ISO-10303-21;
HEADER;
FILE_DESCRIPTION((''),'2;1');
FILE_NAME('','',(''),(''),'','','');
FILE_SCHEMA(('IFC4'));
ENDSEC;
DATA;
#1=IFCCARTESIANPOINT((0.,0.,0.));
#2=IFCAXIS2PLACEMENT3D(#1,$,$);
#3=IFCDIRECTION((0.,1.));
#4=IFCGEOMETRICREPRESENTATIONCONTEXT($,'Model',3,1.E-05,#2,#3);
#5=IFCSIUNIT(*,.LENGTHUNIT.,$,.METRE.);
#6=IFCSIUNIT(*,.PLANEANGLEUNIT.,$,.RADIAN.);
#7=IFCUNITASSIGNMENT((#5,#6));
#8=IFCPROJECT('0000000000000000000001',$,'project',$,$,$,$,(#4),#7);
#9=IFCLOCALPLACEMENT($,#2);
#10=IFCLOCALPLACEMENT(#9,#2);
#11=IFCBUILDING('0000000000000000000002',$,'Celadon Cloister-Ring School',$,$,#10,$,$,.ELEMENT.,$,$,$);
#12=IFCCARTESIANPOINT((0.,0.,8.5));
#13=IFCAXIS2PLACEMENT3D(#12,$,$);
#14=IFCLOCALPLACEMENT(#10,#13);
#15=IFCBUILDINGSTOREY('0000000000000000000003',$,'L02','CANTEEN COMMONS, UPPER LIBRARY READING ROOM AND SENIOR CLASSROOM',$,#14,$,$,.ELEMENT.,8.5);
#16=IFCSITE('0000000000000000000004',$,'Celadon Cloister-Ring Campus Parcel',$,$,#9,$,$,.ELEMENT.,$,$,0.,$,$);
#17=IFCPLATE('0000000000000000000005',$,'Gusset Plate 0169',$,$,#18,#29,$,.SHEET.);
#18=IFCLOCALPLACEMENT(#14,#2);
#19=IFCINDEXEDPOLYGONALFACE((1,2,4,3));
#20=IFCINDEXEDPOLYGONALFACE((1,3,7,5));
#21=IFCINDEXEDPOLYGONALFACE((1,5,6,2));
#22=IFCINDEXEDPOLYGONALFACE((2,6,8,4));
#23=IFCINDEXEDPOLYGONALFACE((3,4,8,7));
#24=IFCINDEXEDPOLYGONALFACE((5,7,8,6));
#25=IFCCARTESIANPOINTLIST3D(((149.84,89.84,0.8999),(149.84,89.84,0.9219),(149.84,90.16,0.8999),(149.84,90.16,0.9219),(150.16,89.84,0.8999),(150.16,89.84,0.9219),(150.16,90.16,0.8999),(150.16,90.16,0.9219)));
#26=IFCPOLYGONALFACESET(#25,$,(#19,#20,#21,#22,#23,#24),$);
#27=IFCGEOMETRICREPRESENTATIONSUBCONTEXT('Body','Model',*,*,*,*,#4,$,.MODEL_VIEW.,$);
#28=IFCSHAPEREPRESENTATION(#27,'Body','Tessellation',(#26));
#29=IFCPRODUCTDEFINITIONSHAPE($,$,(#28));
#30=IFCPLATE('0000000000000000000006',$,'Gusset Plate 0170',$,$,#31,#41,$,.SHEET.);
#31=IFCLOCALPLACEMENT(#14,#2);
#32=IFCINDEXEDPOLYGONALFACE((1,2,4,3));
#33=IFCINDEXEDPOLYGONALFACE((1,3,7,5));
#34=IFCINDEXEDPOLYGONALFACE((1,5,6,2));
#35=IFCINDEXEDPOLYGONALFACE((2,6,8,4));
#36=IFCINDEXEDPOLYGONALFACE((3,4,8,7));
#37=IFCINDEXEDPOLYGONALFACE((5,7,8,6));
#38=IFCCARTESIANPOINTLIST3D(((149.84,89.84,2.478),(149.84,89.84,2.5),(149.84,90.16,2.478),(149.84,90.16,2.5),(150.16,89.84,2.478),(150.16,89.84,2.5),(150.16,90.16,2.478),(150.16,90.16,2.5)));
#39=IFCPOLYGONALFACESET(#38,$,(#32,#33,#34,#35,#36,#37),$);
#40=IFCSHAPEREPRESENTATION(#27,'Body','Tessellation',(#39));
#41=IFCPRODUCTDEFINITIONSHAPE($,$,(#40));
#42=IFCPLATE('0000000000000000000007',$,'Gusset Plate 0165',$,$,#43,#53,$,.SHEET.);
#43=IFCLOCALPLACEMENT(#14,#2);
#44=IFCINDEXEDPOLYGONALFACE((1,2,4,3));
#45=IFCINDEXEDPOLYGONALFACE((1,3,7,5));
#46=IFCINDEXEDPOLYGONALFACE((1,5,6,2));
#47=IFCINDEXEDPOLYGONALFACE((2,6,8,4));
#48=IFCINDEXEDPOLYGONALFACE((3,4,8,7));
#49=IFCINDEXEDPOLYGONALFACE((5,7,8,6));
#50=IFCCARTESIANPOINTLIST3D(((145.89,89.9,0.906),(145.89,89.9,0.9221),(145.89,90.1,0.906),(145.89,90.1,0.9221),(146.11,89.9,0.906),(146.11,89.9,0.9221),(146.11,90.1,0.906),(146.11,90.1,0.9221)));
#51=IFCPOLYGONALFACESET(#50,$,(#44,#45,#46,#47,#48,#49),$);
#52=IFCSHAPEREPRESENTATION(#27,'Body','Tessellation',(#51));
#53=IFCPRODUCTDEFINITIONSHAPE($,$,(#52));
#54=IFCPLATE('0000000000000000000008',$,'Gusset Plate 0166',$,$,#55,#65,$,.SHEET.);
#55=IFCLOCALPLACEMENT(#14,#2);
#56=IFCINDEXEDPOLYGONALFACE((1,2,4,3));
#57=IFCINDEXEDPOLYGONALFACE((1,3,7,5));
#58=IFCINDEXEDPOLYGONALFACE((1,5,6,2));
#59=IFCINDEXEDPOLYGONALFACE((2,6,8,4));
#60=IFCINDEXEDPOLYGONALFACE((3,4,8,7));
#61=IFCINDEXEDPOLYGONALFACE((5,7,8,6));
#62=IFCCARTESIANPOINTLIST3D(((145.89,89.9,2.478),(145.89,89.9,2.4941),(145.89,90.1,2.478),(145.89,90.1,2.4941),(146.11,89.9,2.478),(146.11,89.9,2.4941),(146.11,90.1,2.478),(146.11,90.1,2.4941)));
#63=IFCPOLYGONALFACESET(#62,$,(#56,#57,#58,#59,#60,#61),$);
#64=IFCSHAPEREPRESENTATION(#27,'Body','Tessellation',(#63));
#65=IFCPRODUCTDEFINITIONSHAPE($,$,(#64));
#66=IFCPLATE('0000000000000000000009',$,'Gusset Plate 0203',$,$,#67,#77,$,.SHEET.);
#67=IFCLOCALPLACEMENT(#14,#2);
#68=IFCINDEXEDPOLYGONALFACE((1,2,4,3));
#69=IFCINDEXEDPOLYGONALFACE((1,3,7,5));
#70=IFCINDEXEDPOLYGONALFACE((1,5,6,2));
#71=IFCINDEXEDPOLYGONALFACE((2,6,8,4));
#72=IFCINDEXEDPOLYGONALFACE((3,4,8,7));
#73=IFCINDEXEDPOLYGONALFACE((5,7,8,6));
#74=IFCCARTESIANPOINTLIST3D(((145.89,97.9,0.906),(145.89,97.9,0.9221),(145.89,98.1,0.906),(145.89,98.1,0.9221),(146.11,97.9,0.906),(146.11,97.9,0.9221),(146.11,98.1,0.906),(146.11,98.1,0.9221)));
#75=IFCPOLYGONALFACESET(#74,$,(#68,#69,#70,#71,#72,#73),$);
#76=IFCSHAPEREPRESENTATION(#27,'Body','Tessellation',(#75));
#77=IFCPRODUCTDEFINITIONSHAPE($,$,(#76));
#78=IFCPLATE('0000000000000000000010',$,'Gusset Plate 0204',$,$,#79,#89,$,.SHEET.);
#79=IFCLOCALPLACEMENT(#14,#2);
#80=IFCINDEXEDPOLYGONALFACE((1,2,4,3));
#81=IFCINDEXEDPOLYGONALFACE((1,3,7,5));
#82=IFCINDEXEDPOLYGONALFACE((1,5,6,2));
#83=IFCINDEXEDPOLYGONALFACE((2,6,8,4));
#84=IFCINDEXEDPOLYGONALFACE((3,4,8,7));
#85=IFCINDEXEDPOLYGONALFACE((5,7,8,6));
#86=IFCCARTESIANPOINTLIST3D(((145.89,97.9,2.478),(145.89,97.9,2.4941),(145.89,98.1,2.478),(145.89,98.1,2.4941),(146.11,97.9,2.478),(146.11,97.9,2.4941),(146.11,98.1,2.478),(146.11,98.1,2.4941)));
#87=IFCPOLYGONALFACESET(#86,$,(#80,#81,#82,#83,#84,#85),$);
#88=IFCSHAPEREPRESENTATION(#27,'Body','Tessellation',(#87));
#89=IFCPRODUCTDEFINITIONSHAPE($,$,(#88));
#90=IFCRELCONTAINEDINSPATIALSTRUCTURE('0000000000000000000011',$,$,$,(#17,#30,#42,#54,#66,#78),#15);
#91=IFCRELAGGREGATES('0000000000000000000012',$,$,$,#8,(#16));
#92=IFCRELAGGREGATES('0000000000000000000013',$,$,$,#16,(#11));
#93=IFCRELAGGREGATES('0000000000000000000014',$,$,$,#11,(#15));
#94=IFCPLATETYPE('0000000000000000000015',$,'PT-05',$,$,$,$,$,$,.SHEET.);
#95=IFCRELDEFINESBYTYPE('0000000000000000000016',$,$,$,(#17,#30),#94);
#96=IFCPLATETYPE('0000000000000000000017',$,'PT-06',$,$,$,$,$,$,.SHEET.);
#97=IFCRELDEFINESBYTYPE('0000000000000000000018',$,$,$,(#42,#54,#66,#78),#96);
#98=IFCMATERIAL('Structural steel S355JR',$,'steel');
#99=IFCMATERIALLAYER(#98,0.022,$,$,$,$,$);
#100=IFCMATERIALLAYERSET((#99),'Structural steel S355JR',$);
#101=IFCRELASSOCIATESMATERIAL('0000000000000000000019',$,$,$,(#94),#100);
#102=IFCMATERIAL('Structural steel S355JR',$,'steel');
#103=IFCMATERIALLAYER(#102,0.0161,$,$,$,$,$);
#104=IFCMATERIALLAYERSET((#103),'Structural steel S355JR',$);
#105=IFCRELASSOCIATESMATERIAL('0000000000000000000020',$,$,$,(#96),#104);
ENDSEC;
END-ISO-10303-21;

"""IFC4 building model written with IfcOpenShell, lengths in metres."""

from ifc_helpers import new_model, si_unit, direction, frame, origin, origin_2d, place, context, subcontext, project, spatial, rectangle, extrude, material, layer, layer_set, type_object, element, save


model = new_model("IFC4")

# Units and contexts
model_context = context("Model", 3, precision=1e-05, world=origin(), true_north=direction((0.0, 1.0)))
body_context = subcontext(model_context, "Body", "Model", "MODEL_VIEW")
ifc_project = project(units=[si_unit("LENGTHUNIT", "METRE"), si_unit("PLANEANGLEUNIT", "RADIAN")], contexts=[model_context])

# Site, building, storey
site_placement = place(None, origin())
site = spatial("IfcSite", under=ifc_project, at=site_placement, Name="Celadon Cloister-Ring Campus Parcel", CompositionType="ELEMENT", RefElevation=0.0)
building_placement = place(site_placement, origin())
building = spatial("IfcBuilding", under=site, at=building_placement, Name="Celadon Cloister-Ring School", CompositionType="ELEMENT")
storey_placement = place(building_placement, frame((0.0, 0.0, 8.5)))
storey = spatial("IfcBuildingStorey", under=building, at=storey_placement, Name="L02", Description="CANTEEN COMMONS, UPPER LIBRARY READING ROOM AND SENIOR CLASSROOM", CompositionType="ELEMENT", Elevation=8.5)

# Plates
ifc_material_1 = material(Name="Structural steel S355JR", Category="steel")
ifc_layer_1 = layer(ifc_material_1, 0.022)
ifc_layer_set_1 = layer_set([ifc_layer_1], Name="Structural steel S355JR")
plate_type_1 = type_object("IfcPlateType", Name="PT-05", PredefinedType="SHEET", material=ifc_layer_set_1)
for number, where, z_axis, x_axis, name in (
    (1, (150.0, 90.0, 0.8999), (0.0, 0.0, 1.0), (1.0, 0.0, 0.0), "Gusset Plate 0169"),
    (2, (150.0, 90.0, 2.478), (0.0, 0.0, 1.0), (1.0, 0.0, 0.0), "Gusset Plate 0170"),
):
    element("IfcPlate", number, at=place(storey_placement, frame(where, z_axis=z_axis, x_axis=x_axis)), inside=storey, type_object=plate_type_1, Name=name, PredefinedType="SHEET", context=body_context, shape_type="SweptSolid", body=[
        extrude(rectangle(XDim=0.3201, YDim=0.3201, at=origin_2d()), origin(), (0.0, 0.0, 1.0), 0.022),
    ])
ifc_material_2 = material(Name="Structural steel S355JR", Category="steel")
ifc_layer_2 = layer(ifc_material_2, 0.0161)
ifc_layer_set_2 = layer_set([ifc_layer_2], Name="Structural steel S355JR")
plate_type_2 = type_object("IfcPlateType", Name="PT-06", PredefinedType="SHEET", material=ifc_layer_set_2)
for number, where, z_axis, x_axis, name in (
    (3, (146.0, 90.0, 0.906), (0.0, 0.0, 1.0), (1.0, 0.0, 0.0), "Gusset Plate 0165"),
    (4, (146.0, 90.0, 2.478), (0.0, 0.0, 1.0), (1.0, 0.0, 0.0), "Gusset Plate 0166"),
    (5, (146.0, 98.0, 0.906), (0.0, 0.0, 1.0), (1.0, 0.0, 0.0), "Gusset Plate 0203"),
    (6, (146.0, 98.0, 2.478), (0.0, 0.0, 1.0), (1.0, 0.0, 0.0), "Gusset Plate 0204"),
):
    element("IfcPlate", number, at=place(storey_placement, frame(where, z_axis=z_axis, x_axis=x_axis)), inside=storey, type_object=plate_type_2, Name=name, PredefinedType="SHEET", context=body_context, shape_type="SweptSolid", body=[
        extrude(rectangle(XDim=0.22, YDim=0.2, at=origin_2d()), origin(), (0.0, 0.0, 1.0), 0.0161),
    ])

save(model, "model.ifc")
